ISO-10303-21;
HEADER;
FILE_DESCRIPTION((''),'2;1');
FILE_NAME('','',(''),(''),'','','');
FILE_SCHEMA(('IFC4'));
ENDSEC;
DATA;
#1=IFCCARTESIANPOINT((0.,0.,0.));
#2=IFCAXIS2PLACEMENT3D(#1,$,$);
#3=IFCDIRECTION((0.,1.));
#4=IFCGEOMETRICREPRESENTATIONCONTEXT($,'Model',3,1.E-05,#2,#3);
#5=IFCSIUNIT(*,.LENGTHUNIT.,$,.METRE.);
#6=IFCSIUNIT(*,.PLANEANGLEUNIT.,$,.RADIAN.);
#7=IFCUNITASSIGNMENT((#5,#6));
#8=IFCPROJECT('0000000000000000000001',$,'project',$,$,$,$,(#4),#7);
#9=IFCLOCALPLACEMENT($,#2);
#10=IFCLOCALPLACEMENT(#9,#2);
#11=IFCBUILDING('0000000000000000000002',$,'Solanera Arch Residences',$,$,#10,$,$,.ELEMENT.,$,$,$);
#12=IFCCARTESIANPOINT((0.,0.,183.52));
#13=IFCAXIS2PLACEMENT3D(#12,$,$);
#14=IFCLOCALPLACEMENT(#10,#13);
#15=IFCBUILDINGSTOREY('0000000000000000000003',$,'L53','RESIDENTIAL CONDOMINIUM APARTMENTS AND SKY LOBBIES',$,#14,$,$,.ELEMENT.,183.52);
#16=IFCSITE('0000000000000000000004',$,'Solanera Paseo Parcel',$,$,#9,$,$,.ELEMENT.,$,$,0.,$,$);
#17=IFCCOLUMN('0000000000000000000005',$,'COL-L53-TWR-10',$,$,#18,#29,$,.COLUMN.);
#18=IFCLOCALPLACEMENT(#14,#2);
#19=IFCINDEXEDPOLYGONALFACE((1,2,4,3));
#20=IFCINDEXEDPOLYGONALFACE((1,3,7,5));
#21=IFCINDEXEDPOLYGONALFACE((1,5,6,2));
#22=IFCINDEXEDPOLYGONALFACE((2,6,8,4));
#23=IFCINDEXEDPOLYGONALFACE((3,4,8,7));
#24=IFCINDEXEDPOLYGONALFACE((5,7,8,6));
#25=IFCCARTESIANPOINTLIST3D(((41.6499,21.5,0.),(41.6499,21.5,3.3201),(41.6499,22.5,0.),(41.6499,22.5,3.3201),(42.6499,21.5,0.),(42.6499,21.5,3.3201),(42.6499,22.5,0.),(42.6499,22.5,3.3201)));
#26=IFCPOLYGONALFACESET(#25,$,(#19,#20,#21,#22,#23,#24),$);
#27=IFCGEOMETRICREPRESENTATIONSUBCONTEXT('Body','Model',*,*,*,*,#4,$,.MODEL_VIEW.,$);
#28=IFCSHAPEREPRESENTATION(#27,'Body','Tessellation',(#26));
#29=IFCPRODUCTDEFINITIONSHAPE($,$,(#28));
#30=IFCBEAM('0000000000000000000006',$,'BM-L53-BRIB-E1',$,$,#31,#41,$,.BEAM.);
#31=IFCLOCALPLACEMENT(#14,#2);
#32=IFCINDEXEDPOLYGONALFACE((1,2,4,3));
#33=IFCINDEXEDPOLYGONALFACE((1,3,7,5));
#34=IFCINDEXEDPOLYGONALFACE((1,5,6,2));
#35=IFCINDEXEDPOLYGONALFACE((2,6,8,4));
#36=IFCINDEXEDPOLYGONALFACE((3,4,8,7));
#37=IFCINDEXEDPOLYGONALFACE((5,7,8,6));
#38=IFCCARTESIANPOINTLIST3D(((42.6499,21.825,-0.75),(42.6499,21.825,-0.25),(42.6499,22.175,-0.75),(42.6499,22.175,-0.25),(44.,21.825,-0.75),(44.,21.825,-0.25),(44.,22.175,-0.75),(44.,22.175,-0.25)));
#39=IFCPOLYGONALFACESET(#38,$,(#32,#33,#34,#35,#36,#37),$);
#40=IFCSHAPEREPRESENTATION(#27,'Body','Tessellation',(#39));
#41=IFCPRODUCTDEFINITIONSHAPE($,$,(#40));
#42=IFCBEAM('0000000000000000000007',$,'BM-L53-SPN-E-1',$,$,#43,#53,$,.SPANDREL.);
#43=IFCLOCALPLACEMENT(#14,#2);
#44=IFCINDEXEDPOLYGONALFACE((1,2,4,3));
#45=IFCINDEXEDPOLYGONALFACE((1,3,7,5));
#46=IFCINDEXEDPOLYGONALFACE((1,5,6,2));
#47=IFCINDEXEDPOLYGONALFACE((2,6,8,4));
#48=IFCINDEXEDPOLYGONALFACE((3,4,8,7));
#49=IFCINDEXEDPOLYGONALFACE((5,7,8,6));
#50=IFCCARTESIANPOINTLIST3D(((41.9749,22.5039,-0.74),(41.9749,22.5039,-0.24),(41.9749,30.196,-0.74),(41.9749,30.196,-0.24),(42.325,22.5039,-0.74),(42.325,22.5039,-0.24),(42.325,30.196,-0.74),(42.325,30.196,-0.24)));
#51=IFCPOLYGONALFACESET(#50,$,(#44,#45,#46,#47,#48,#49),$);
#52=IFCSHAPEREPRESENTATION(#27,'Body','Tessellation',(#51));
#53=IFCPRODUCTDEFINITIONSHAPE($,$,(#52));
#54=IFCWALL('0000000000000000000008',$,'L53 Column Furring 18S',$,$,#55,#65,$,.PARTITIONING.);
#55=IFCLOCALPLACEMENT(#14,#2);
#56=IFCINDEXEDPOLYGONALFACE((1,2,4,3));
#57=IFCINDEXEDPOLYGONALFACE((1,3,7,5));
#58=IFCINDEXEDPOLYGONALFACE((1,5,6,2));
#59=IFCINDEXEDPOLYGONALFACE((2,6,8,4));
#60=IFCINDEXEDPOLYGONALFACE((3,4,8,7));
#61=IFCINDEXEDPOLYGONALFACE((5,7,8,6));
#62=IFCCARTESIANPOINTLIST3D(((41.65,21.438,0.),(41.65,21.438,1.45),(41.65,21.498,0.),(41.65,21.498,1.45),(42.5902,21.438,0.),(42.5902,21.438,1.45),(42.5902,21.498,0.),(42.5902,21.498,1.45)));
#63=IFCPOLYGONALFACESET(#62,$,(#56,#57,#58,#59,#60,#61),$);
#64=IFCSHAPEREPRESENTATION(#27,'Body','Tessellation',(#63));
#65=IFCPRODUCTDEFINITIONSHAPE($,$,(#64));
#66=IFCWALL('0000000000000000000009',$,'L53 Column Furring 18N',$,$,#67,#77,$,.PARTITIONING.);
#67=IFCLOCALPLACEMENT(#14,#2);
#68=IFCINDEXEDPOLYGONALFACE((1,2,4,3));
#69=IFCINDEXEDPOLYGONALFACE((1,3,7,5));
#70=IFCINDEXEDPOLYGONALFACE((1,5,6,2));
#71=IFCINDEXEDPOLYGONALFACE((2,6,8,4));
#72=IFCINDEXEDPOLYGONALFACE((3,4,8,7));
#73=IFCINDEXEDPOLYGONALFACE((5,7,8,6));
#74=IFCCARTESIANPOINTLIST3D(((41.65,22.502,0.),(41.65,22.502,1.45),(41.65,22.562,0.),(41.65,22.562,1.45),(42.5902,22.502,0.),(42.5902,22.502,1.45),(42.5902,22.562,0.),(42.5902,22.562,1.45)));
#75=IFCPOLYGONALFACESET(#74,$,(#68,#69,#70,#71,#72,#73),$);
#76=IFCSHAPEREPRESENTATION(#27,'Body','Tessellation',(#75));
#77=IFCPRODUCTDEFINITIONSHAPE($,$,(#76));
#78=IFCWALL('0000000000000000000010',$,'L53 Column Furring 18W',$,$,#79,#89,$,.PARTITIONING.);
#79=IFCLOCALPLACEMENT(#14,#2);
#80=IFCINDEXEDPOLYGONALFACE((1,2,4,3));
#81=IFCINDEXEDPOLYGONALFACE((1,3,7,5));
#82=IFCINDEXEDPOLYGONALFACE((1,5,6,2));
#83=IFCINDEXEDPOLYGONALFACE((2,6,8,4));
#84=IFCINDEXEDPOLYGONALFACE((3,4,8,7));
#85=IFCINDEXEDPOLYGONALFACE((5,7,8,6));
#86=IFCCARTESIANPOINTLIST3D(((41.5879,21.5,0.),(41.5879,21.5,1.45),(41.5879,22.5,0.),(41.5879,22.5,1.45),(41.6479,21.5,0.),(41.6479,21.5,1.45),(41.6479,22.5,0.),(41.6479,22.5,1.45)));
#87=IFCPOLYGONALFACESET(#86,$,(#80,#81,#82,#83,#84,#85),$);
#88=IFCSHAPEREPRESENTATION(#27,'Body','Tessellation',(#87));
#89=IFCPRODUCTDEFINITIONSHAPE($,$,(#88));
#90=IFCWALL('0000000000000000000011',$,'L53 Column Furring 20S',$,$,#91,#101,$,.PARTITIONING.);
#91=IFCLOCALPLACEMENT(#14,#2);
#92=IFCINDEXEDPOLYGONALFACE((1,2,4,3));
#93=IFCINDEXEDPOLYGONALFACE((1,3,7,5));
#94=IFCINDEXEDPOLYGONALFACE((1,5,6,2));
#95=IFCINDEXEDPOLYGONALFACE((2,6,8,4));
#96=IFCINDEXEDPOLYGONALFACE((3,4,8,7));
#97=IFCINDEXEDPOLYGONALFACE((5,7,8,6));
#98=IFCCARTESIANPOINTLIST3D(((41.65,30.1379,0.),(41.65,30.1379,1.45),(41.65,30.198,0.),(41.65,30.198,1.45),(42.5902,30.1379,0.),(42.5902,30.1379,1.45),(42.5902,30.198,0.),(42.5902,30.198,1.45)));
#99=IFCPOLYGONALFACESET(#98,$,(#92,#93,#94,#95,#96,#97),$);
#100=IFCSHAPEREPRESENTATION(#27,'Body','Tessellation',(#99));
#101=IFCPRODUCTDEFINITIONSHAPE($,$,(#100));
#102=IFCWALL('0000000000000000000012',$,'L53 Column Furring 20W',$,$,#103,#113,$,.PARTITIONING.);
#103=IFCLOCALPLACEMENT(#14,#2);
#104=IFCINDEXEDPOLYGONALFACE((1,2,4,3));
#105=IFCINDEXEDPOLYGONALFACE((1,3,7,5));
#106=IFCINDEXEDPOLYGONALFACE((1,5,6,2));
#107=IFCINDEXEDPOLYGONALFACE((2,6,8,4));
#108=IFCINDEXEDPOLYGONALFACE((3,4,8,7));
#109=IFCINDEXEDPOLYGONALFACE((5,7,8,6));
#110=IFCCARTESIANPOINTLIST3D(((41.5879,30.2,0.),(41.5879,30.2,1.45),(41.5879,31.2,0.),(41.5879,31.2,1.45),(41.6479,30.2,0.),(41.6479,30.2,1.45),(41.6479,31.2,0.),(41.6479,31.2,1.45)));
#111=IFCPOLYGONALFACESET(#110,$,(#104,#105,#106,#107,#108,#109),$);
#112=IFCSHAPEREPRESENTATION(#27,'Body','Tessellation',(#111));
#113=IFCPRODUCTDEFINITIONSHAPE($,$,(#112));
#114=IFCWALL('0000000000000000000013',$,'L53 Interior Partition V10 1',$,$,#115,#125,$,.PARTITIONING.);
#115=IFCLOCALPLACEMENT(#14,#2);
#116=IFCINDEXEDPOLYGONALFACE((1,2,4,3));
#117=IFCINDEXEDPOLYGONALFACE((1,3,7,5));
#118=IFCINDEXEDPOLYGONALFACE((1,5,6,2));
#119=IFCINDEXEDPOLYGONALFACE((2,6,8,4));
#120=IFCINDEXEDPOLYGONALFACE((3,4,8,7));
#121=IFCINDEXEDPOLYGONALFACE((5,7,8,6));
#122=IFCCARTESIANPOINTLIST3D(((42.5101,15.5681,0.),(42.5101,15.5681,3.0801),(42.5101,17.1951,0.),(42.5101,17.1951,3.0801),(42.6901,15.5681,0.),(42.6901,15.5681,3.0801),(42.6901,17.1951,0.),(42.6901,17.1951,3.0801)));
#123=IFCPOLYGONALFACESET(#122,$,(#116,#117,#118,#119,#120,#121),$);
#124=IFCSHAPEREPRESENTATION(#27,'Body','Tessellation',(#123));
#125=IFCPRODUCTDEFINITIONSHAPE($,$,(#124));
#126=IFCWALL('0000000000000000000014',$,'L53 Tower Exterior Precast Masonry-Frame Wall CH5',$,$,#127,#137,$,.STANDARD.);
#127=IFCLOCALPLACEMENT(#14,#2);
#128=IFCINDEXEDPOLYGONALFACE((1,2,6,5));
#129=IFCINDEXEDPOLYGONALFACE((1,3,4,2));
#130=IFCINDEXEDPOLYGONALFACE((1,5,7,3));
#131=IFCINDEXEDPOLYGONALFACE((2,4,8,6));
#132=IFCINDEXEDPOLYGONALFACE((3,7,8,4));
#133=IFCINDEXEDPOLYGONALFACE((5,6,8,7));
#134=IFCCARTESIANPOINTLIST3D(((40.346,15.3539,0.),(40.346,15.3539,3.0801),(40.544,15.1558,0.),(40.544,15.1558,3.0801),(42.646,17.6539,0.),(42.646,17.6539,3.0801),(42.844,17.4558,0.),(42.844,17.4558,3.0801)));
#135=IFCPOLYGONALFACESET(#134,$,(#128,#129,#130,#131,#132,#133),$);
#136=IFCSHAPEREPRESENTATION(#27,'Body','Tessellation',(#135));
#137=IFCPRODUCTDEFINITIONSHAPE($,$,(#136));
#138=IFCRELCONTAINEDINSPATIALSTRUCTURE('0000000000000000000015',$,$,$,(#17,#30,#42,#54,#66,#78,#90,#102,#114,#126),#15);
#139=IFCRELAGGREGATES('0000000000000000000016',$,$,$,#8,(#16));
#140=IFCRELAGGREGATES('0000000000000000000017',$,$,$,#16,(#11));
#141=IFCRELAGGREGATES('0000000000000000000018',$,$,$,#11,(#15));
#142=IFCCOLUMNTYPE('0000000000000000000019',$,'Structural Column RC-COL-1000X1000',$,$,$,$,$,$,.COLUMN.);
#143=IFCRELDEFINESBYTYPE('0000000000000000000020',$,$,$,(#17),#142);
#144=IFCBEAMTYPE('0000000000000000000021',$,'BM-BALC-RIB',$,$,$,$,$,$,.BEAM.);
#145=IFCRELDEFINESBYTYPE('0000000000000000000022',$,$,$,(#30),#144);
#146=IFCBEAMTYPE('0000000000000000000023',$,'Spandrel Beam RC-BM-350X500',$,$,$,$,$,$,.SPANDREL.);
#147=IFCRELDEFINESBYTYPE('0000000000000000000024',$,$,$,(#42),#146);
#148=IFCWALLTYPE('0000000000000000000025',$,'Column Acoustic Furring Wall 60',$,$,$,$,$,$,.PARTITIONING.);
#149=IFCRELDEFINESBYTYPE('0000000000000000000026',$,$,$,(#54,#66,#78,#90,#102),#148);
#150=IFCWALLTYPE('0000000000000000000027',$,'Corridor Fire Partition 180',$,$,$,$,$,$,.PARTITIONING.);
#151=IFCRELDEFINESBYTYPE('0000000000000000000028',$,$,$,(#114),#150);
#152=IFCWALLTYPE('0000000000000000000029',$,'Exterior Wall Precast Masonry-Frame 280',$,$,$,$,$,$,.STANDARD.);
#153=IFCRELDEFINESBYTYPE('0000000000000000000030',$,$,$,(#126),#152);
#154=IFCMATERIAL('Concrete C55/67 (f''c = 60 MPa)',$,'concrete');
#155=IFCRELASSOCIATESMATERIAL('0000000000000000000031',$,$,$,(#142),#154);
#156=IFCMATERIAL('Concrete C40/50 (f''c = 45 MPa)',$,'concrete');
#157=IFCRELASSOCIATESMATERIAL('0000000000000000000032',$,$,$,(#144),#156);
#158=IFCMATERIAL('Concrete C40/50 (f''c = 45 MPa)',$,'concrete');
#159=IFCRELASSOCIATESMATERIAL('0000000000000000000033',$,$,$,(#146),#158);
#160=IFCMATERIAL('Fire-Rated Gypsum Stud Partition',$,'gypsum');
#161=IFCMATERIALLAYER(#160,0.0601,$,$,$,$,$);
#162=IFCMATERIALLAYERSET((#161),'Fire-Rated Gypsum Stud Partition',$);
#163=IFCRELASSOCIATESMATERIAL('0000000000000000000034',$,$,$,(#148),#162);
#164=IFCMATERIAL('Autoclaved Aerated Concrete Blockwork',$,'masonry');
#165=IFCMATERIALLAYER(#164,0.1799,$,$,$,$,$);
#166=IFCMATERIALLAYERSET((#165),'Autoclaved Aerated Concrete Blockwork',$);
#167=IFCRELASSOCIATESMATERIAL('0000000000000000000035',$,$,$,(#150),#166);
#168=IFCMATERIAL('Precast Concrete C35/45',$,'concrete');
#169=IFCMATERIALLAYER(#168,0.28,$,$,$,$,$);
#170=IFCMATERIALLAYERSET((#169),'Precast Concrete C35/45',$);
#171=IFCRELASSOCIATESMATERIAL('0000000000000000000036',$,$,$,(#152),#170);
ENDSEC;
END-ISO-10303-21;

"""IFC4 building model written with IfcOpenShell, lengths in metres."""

from ifc_helpers import new_model, si_unit, direction, frame, frame_2d, origin, origin_2d, place, context, subcontext, project, spatial, rectangle, extrude, material, layer, layer_set, material_profile, profile_set, type_object, element, save


model = new_model("IFC4")

# Units and contexts
model_context = context("Model", 3, precision=1e-05, world=origin(), true_north=direction((0.0, 1.0)))
body_context = subcontext(model_context, "Body", "Model", "MODEL_VIEW")
ifc_project = project(units=[si_unit("LENGTHUNIT", "METRE"), si_unit("PLANEANGLEUNIT", "RADIAN")], contexts=[model_context])

# Site, building, storey
site_placement = place(None, origin())
site = spatial("IfcSite", under=ifc_project, at=site_placement, Name="Solanera Paseo Parcel", CompositionType="ELEMENT", RefElevation=0.0)
building_placement = place(site_placement, origin())
building = spatial("IfcBuilding", under=site, at=building_placement, Name="Solanera Arch Residences", CompositionType="ELEMENT")
storey_placement = place(building_placement, frame((0.0, 0.0, 183.52)))
storey = spatial("IfcBuildingStorey", under=building, at=storey_placement, Name="L53", Description="RESIDENTIAL CONDOMINIUM APARTMENTS AND SKY LOBBIES", CompositionType="ELEMENT", Elevation=183.52)

# Column
ifc_material_1 = material(Name="Concrete C55/67 (f'c = 60 MPa)", Category="concrete")
ifc_material_profile_1 = material_profile(ifc_material_1, rectangle(XDim=1.0, YDim=1.0, at=origin_2d()))
ifc_profile_set_1 = profile_set([ifc_material_profile_1], Name="Concrete C55/67 (f'c = 60 MPa)")
column_type = type_object("IfcColumnType", Name="Structural Column RC-COL-1000X1000", PredefinedType="COLUMN", material=ifc_profile_set_1)
column_placement = place(storey_placement, frame((42.1499, 22.0, 0.0), z_axis=(0.0, 0.0, 1.0), x_axis=(1.0, 0.0, 0.0)))
element("IfcColumn", 1, at=column_placement, inside=storey, type_object=column_type, Name="COL-L53-TWR-10", PredefinedType="COLUMN", context=body_context, shape_type="SweptSolid", body=[
    extrude(rectangle(XDim=1.0, YDim=1.0, at=origin_2d()), origin(), (0.0, 0.0, 1.0), 3.3201),
])

# Beams
ifc_material_2 = material(Name="Concrete C40/50 (f'c = 45 MPa)", Category="concrete")
ifc_material_profile_2 = material_profile(ifc_material_2, rectangle(XDim=0.3501, YDim=0.5, at=origin_2d()))
ifc_profile_set_2 = profile_set([ifc_material_profile_2], Name="Concrete C40/50 (f'c = 45 MPa)")
beam_type_1 = type_object("IfcBeamType", Name="BM-BALC-RIB", PredefinedType="BEAM", material=ifc_profile_set_2)
beam_1_placement = place(storey_placement, frame((42.6499, 22.0, -0.5), z_axis=(1.0, 0.0, 0.0), x_axis=(0.0, 1.0, 0.0)))
element("IfcBeam", 2, at=beam_1_placement, inside=storey, type_object=beam_type_1, Name="BM-L53-BRIB-E1", PredefinedType="BEAM", context=body_context, shape_type="SweptSolid", body=[
    extrude(rectangle(XDim=0.3501, YDim=0.5, at=origin_2d()), origin(), (0.0, 0.0, 1.0), 1.3501),
])
ifc_material_3 = material(Name="Concrete C40/50 (f'c = 45 MPa)", Category="concrete")
ifc_material_profile_3 = material_profile(ifc_material_3, rectangle(XDim=0.3501, YDim=0.5, at=origin_2d()))
ifc_profile_set_3 = profile_set([ifc_material_profile_3], Name="Concrete C40/50 (f'c = 45 MPa)")
beam_type_2 = type_object("IfcBeamType", Name="Spandrel Beam RC-BM-350X500", PredefinedType="SPANDREL", material=ifc_profile_set_3)
beam_2_placement = place(storey_placement, frame((42.1499, 22.5039, -0.49), z_axis=(0.0, 1.0, 0.0), x_axis=(-1.0, 0.0, 0.0)))
element("IfcBeam", 3, at=beam_2_placement, inside=storey, type_object=beam_type_2, Name="BM-L53-SPN-E-1", PredefinedType="SPANDREL", context=body_context, shape_type="SweptSolid", body=[
    extrude(rectangle(XDim=0.3501, YDim=0.5, at=origin_2d()), origin(), (0.0, 0.0, 1.0), 7.6921),
])

# Walls
ifc_material_4 = material(Name="Fire-Rated Gypsum Stud Partition", Category="gypsum")
ifc_layer_1 = layer(ifc_material_4, 0.0601)
ifc_layer_set_1 = layer_set([ifc_layer_1], Name="Fire-Rated Gypsum Stud Partition")
wall_type_1 = type_object("IfcWallType", Name="Column Acoustic Furring Wall 60", PredefinedType="PARTITIONING", material=ifc_layer_set_1)
for number, where, z_axis, x_axis, name in (
    (4, (41.6499, 21.468, 0.0), (0.0, 0.0, 1.0), (1.0, 0.0, 0.0), "L53 Column Furring 18S"),
    (5, (41.6499, 22.532, 0.0), (0.0, 0.0, 1.0), (1.0, 0.0, 0.0), "L53 Column Furring 18N"),
):
    element("IfcWall", number, at=place(storey_placement, frame(where, z_axis=z_axis, x_axis=x_axis)), inside=storey, type_object=wall_type_1, Name=name, PredefinedType="PARTITIONING", context=body_context, shape_type="SweptSolid", body=[
        extrude(rectangle(XDim=0.9402, YDim=0.0601, at=frame_2d((0.4702, 0.0))), origin(), (0.0, 0.0, 1.0), 1.45),
    ])
wall_1_placement = place(storey_placement, frame((41.6179, 21.5, 0.0), z_axis=(0.0, 0.0, 1.0), x_axis=(0.0, 1.0, 0.0)))
element("IfcWall", 6, at=wall_1_placement, inside=storey, type_object=wall_type_1, Name="L53 Column Furring 18W", PredefinedType="PARTITIONING", context=body_context, shape_type="SweptSolid", body=[
    extrude(rectangle(XDim=1.0, YDim=0.0601, at=frame_2d((0.5, 0.0))), origin(), (0.0, 0.0, 1.0), 1.45),
])
wall_2_placement = place(storey_placement, frame((41.6499, 30.168, 0.0), z_axis=(0.0, 0.0, 1.0), x_axis=(1.0, 0.0, 0.0)))
element("IfcWall", 7, at=wall_2_placement, inside=storey, type_object=wall_type_1, Name="L53 Column Furring 20S", PredefinedType="PARTITIONING", context=body_context, shape_type="SweptSolid", body=[
    extrude(rectangle(XDim=0.9402, YDim=0.0601, at=frame_2d((0.4702, 0.0))), origin(), (0.0, 0.0, 1.0), 1.45),
])
wall_3_placement = place(storey_placement, frame((41.6179, 30.2, 0.0), z_axis=(0.0, 0.0, 1.0), x_axis=(0.0, 1.0, 0.0)))
element("IfcWall", 8, at=wall_3_placement, inside=storey, type_object=wall_type_1, Name="L53 Column Furring 20W", PredefinedType="PARTITIONING", context=body_context, shape_type="SweptSolid", body=[
    extrude(rectangle(XDim=1.0, YDim=0.0601, at=frame_2d((0.5, 0.0))), origin(), (0.0, 0.0, 1.0), 1.45),
])
ifc_material_5 = material(Name="Autoclaved Aerated Concrete Blockwork", Category="masonry")
ifc_layer_2 = layer(ifc_material_5, 0.1799)
ifc_layer_set_2 = layer_set([ifc_layer_2], Name="Autoclaved Aerated Concrete Blockwork")
wall_type_2 = type_object("IfcWallType", Name="Corridor Fire Partition 180", PredefinedType="PARTITIONING", material=ifc_layer_set_2)
wall_4_placement = place(storey_placement, frame((42.6001, 15.5681, 0.0), z_axis=(0.0, 0.0, 1.0), x_axis=(0.0, 1.0, 0.0)))
element("IfcWall", 9, at=wall_4_placement, inside=storey, type_object=wall_type_2, Name="L53 Interior Partition V10 1", PredefinedType="PARTITIONING", context=body_context, shape_type="SweptSolid", body=[
    extrude(rectangle(XDim=1.627, YDim=0.1799, at=frame_2d((0.8135, 0.0))), origin(), (0.0, 0.0, 1.0), 3.0801),
])
ifc_material_6 = material(Name="Precast Concrete C35/45", Category="concrete")
ifc_layer_3 = layer(ifc_material_6, 0.28)
ifc_layer_set_3 = layer_set([ifc_layer_3], Name="Precast Concrete C35/45")
wall_type_3 = type_object("IfcWallType", Name="Exterior Wall Precast Masonry-Frame 280", PredefinedType="STANDARD", material=ifc_layer_set_3)
wall_5_placement = place(storey_placement, frame((42.7451, 17.5549, 0.0), z_axis=(0.0, 0.0, 1.0), x_axis=(-0.707107, -0.707107, 0.0)))
element("IfcWall", 10, at=wall_5_placement, inside=storey, type_object=wall_type_3, Name="L53 Tower Exterior Precast Masonry-Frame Wall CH5", PredefinedType="STANDARD", context=body_context, shape_type="SweptSolid", body=[
    extrude(rectangle(XDim=3.2527, YDim=0.28, at=frame_2d((1.6265, 0.0))), origin(), (0.0, 0.0, 1.0), 3.0801),
])

save(model, "model.ifc")
